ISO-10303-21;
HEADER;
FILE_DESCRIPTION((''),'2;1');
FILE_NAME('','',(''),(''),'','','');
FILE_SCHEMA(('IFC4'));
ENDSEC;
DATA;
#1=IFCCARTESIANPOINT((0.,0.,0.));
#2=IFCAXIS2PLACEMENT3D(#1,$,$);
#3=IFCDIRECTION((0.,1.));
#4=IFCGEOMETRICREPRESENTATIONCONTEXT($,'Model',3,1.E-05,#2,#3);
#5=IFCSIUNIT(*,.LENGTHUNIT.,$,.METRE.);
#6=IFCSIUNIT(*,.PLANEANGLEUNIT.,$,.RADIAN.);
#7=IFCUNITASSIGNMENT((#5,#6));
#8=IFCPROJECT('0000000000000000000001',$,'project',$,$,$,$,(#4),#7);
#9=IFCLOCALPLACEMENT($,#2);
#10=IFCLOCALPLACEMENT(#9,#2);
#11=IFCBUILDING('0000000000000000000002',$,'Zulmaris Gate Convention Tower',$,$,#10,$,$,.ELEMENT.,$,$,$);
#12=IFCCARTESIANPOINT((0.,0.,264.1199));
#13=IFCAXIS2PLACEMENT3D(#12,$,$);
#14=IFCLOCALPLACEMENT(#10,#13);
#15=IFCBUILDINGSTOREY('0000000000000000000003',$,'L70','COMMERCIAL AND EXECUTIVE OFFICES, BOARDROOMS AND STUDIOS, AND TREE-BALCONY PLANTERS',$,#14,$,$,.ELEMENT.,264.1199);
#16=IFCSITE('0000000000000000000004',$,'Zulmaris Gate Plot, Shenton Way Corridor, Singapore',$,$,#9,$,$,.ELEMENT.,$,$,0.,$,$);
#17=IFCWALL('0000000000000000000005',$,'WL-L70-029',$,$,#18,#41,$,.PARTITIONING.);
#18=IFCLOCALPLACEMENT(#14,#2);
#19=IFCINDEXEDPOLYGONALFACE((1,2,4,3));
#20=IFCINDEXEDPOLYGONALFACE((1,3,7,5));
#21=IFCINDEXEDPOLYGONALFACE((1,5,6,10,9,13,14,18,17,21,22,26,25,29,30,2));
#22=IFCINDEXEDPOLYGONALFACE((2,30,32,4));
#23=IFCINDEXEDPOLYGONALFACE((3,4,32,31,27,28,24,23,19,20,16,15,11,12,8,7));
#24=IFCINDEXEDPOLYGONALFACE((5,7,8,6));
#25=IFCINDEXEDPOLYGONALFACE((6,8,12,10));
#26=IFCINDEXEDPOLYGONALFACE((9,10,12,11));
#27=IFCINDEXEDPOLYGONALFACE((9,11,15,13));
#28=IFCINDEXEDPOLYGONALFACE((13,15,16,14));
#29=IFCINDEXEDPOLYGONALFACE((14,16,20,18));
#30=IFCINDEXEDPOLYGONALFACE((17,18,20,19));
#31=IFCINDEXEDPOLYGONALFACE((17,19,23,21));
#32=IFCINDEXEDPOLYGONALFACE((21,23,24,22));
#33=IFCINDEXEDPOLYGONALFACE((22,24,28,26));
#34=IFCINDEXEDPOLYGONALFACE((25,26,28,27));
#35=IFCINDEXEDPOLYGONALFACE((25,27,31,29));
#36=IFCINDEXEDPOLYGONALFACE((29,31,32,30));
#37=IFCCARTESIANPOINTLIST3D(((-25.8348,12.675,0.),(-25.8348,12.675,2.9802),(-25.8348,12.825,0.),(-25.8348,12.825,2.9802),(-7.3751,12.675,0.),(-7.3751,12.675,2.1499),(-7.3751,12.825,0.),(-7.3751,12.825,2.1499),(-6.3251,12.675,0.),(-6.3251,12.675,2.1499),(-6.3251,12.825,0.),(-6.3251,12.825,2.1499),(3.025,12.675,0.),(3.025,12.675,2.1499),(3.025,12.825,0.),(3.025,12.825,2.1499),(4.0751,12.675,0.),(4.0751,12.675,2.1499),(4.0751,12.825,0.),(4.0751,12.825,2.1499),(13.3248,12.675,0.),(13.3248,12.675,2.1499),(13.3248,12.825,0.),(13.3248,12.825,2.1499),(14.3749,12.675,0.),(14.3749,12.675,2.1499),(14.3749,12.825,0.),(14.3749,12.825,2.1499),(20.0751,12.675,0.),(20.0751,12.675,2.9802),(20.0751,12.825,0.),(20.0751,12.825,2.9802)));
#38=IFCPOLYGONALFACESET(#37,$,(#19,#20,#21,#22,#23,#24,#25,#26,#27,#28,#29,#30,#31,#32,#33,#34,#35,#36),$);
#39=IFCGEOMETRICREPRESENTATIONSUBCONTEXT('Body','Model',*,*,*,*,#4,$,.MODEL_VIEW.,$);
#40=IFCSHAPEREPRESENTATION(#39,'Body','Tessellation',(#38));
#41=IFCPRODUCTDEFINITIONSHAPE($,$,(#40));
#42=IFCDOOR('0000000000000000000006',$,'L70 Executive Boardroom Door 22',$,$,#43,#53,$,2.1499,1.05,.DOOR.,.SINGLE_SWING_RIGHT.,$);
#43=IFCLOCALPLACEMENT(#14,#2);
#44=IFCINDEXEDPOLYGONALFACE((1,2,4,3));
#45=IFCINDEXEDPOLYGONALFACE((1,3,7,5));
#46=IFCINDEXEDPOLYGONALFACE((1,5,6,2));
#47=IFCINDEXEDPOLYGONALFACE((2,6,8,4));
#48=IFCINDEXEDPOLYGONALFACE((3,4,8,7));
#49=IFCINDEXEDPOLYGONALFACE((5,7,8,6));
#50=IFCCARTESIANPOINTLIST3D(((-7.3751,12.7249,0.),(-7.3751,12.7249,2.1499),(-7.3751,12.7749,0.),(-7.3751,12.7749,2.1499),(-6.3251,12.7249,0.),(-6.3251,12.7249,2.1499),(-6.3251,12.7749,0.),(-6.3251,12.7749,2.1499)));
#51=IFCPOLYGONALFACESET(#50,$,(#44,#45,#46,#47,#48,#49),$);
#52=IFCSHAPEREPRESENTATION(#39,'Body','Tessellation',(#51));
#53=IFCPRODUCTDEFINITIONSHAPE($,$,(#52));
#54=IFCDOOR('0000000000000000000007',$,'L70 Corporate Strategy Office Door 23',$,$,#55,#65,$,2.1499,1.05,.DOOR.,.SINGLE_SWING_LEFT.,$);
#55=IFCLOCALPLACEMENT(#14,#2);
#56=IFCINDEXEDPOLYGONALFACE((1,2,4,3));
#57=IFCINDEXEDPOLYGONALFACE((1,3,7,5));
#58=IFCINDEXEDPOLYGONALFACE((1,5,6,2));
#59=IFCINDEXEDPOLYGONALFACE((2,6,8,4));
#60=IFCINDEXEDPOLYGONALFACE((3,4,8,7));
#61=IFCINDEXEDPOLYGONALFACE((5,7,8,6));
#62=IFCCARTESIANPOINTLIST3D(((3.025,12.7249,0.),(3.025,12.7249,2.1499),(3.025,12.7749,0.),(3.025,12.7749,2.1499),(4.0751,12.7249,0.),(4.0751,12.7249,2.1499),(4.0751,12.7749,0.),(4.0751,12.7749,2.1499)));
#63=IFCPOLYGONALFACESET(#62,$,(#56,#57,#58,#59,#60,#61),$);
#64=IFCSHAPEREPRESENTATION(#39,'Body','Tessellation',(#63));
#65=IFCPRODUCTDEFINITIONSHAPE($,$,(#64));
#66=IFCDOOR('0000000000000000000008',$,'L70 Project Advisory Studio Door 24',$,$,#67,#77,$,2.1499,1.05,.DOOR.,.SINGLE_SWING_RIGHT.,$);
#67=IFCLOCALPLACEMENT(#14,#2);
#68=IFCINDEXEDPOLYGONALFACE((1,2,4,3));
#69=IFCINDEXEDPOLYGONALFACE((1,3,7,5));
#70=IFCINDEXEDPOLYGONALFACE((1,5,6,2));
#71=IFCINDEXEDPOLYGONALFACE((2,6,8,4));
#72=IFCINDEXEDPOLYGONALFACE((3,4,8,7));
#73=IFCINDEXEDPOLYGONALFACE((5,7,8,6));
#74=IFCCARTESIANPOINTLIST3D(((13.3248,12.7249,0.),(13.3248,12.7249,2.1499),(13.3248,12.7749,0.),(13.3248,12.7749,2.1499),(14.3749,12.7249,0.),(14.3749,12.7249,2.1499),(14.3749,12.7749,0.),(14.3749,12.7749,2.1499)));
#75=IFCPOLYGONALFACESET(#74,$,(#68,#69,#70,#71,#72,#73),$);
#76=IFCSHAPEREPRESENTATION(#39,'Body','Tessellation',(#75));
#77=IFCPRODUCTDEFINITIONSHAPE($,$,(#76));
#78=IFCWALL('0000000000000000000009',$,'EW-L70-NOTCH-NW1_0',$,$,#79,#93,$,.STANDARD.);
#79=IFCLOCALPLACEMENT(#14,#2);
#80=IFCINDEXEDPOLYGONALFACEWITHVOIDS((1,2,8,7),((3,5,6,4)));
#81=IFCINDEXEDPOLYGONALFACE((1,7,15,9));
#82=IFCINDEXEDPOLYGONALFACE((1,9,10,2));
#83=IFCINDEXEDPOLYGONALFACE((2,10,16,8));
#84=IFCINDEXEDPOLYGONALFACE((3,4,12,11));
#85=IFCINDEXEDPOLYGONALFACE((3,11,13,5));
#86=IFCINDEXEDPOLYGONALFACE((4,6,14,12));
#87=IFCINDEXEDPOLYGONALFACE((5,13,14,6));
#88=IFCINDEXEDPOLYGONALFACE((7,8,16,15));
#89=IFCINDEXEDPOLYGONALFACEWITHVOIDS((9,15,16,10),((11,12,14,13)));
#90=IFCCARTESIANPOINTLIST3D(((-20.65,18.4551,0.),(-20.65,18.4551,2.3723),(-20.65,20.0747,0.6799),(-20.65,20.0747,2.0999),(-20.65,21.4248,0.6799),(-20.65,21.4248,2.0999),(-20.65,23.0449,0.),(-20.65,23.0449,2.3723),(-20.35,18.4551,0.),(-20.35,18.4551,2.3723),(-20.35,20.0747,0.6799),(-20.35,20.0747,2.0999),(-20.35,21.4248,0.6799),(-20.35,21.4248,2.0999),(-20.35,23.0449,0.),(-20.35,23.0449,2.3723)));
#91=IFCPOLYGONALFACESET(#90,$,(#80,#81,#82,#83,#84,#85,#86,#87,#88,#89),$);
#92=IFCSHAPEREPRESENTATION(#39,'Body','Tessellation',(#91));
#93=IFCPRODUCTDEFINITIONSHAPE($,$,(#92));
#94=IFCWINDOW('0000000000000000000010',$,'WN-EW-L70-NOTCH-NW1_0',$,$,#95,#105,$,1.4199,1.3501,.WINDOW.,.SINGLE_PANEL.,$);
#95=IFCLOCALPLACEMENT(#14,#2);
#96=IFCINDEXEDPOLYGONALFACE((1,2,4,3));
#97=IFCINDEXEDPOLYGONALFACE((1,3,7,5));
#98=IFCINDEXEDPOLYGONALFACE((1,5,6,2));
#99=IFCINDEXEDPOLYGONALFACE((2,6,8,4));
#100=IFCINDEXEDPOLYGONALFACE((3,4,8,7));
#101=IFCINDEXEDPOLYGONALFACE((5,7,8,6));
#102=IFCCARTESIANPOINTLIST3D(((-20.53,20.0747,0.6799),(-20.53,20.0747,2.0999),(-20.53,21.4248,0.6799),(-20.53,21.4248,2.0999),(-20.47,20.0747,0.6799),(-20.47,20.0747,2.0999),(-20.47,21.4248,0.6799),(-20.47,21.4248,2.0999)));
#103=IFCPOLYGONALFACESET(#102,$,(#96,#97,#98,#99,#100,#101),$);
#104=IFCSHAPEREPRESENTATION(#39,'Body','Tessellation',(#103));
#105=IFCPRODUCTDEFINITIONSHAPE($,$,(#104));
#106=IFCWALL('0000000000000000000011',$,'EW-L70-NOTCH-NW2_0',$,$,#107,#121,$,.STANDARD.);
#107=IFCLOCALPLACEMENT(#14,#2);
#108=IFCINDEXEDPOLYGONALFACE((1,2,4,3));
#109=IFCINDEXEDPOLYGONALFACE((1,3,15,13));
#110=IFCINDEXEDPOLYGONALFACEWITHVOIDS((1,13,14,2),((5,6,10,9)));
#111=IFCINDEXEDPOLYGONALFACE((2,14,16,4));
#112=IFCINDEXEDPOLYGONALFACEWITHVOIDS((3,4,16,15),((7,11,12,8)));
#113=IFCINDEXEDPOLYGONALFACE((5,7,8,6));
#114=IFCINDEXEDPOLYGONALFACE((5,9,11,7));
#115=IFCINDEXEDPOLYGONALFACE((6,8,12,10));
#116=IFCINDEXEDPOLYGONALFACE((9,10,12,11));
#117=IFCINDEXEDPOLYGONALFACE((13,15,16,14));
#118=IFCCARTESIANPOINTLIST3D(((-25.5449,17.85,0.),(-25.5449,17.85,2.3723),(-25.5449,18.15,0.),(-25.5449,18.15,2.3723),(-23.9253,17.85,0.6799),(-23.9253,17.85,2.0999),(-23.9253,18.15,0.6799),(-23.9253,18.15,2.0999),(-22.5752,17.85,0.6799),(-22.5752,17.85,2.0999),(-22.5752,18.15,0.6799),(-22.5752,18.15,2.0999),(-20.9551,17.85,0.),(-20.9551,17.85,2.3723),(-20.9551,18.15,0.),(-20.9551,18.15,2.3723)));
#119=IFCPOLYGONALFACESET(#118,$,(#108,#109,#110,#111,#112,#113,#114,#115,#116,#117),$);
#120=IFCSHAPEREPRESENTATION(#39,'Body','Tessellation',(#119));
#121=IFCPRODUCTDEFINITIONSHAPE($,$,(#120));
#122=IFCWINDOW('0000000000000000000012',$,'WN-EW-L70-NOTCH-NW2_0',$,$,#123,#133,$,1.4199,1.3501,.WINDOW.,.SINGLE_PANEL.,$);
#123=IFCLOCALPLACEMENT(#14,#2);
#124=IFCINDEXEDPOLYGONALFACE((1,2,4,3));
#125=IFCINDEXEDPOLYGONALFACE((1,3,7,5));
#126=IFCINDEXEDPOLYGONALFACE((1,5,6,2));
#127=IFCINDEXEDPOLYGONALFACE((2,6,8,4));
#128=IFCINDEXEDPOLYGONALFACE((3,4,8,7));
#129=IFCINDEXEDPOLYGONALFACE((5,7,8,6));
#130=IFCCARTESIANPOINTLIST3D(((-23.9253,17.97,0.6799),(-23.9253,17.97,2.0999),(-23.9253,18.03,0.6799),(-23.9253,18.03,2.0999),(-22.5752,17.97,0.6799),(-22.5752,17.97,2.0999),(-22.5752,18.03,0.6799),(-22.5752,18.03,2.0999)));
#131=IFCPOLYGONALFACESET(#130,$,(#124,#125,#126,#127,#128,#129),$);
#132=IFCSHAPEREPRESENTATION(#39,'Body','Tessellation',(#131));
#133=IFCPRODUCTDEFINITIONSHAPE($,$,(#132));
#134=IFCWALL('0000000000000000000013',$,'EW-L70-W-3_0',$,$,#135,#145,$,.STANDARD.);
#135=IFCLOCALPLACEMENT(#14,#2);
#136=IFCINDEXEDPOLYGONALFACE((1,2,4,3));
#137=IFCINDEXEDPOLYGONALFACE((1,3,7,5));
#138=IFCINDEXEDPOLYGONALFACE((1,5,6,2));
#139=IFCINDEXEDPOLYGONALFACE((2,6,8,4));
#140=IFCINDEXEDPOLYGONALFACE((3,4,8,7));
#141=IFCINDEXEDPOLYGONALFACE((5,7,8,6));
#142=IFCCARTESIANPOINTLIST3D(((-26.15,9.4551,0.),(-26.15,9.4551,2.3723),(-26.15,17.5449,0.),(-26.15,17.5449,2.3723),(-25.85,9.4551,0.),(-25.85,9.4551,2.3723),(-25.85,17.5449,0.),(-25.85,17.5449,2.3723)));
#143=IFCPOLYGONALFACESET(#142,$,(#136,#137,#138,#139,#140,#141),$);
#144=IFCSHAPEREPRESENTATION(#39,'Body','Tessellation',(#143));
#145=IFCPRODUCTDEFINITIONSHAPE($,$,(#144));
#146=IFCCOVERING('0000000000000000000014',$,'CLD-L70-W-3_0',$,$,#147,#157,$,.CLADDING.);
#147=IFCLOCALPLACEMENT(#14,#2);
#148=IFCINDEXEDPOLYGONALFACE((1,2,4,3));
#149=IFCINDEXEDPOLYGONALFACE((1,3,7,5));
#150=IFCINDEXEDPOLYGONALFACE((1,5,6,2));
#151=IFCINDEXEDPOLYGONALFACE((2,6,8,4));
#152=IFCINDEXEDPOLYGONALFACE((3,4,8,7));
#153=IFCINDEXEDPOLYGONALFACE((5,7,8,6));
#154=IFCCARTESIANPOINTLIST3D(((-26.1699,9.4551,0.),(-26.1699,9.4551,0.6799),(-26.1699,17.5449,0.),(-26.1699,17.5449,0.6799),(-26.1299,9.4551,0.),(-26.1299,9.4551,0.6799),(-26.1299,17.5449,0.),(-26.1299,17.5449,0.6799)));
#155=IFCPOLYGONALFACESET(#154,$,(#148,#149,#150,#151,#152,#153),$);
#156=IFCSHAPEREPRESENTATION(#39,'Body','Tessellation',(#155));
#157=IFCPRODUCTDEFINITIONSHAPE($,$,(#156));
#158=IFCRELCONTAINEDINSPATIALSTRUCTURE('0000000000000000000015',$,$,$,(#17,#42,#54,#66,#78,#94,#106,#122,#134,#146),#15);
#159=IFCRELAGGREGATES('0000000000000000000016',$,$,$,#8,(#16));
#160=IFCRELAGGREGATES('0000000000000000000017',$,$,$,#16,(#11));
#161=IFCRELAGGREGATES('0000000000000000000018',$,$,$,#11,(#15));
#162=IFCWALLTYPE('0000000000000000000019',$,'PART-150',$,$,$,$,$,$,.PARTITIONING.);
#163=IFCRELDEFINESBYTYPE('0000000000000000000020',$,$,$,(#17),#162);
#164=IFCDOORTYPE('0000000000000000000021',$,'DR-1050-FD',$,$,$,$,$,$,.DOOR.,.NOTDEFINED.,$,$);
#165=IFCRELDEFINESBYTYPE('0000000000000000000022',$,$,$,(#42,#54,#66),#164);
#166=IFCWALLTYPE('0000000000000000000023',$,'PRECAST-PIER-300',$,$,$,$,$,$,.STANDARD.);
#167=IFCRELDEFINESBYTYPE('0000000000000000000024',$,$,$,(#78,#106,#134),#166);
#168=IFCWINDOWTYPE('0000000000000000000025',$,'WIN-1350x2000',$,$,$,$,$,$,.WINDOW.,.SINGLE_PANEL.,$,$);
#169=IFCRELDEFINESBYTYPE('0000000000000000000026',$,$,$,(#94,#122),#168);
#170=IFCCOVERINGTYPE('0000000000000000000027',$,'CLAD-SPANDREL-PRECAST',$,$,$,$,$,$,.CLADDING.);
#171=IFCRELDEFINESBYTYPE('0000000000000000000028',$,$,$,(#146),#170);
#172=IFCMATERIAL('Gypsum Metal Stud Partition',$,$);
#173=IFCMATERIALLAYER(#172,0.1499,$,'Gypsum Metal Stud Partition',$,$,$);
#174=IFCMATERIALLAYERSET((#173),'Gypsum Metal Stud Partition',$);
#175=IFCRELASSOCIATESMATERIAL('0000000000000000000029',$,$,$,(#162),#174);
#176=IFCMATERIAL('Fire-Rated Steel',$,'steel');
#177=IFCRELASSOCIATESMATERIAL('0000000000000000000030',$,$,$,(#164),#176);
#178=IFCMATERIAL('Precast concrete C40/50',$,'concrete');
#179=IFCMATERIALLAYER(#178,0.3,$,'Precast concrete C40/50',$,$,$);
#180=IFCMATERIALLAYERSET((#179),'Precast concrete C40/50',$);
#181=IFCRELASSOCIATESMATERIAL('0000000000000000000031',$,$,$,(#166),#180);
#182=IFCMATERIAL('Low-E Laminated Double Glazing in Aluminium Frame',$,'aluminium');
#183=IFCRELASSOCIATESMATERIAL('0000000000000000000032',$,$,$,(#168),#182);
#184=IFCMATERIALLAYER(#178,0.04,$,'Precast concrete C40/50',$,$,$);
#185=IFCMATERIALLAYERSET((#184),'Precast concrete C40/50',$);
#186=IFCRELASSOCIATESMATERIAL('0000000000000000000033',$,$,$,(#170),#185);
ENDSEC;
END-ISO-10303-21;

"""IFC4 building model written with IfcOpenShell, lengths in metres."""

from ifc_helpers import new_model, si_unit, direction, frame, frame_2d, origin, place, context, subcontext, project, spatial, rectangle, extrude, material, layer, layer_set, type_object, element, fill, save


model = new_model("IFC4")

# Units and contexts
model_context = context("Model", 3, precision=1e-05, world=origin(), true_north=direction((0.0, 1.0)))
body_context = subcontext(model_context, "Body", "Model", "MODEL_VIEW")
ifc_project = project(units=[si_unit("LENGTHUNIT", "METRE"), si_unit("PLANEANGLEUNIT", "RADIAN")], contexts=[model_context])

# Site, building, storey
site_placement = place(None, origin())
site = spatial("IfcSite", under=ifc_project, at=site_placement, Name="Zulmaris Gate Plot, Shenton Way Corridor, Singapore", CompositionType="ELEMENT", RefElevation=0.0)
building_placement = place(site_placement, origin())
building = spatial("IfcBuilding", under=site, at=building_placement, Name="Zulmaris Gate Convention Tower", CompositionType="ELEMENT")
storey_placement = place(building_placement, frame((0.0, 0.0, 264.1199)))
storey = spatial("IfcBuildingStorey", under=building, at=storey_placement, Name="L70", Description="COMMERCIAL AND EXECUTIVE OFFICES, BOARDROOMS AND STUDIOS, AND TREE-BALCONY PLANTERS", CompositionType="ELEMENT", Elevation=264.1199)

# Shared definitions
ifc_material_1 = material(Name="Fire-Rated Steel", Category="steel")

# Wall, openings, doors
ifc_material_2 = material(Name="Gypsum Metal Stud Partition")
ifc_layer_1 = layer(ifc_material_2, 0.1499, Name="Gypsum Metal Stud Partition")
ifc_layer_set_1 = layer_set([ifc_layer_1], Name="Gypsum Metal Stud Partition")
wall_type_1 = type_object("IfcWallType", Name="PART-150", PredefinedType="PARTITIONING", material=ifc_layer_set_1)
wall_1_placement = place(storey_placement, frame((-25.835, 12.75, 0.0), z_axis=(0.0, 0.0, 1.0), x_axis=(1.0, 0.0, 0.0)))
wall_1 = element("IfcWall", 1, at=wall_1_placement, inside=storey, type_object=wall_type_1, Name="WL-L70-029", PredefinedType="PARTITIONING", context=body_context, shape_type="SweptSolid", body=[
    extrude(rectangle(XDim=45.9099, YDim=0.1499, at=frame_2d((22.9551, 0.0))), origin(), (0.0, 0.0, 1.0), 2.9802),
])
opening_1_placement = place(wall_1_placement, frame((18.46, 0.0, 0.0)))
opening_1 = element("IfcOpeningElement", 2, at=opening_1_placement, cuts=wall_1, PredefinedType="OPENING", context=body_context, shape_type="SweptSolid", body=[
    extrude(rectangle(XDim=1.05, YDim=2.1499, at=frame_2d((0.5249, 1.075))), frame((0.0, 0.085, 0.0), z_axis=(0.0, -1.0, 0.0), x_axis=(1.0, 0.0, 0.0)), (0.0, 0.0, 1.0), 0.1699),
])
opening_2_placement = place(wall_1_placement, frame((28.8601, 0.0, 0.0)))
opening_2 = element("IfcOpeningElement", 3, at=opening_2_placement, cuts=wall_1, PredefinedType="OPENING", context=body_context, shape_type="SweptSolid", body=[
    extrude(rectangle(XDim=1.05, YDim=2.1499, at=frame_2d((0.5249, 1.075))), frame((0.0, 0.085, 0.0), z_axis=(0.0, -1.0, 0.0), x_axis=(1.0, 0.0, 0.0)), (0.0, 0.0, 1.0), 0.1699),
])
opening_3_placement = place(wall_1_placement, frame((39.1599, 0.0, 0.0)))
opening_3 = element("IfcOpeningElement", 4, at=opening_3_placement, cuts=wall_1, PredefinedType="OPENING", context=body_context, shape_type="SweptSolid", body=[
    extrude(rectangle(XDim=1.05, YDim=2.1499, at=frame_2d((0.5249, 1.075))), frame((0.0, 0.085, 0.0), z_axis=(0.0, -1.0, 0.0), x_axis=(1.0, 0.0, 0.0)), (0.0, 0.0, 1.0), 0.1699),
])
door_type_1 = type_object("IfcDoorType", Name="DR-1050-FD", OperationType="NOTDEFINED", PredefinedType="DOOR", material=ifc_material_1)
door_1_placement = place(opening_1_placement, origin())
door_1 = element("IfcDoor", 5, at=door_1_placement, inside=storey, type_object=door_type_1, Name="L70 Executive Boardroom Door 22", OperationType="SINGLE_SWING_RIGHT", OverallHeight=2.1499, OverallWidth=1.05, PredefinedType="DOOR", context=body_context, shape_type="SweptSolid", body=[
    extrude(rectangle(XDim=1.05, YDim=2.1499, at=frame_2d((0.5249, 1.075))), frame((0.0, 0.0249, 0.0), z_axis=(0.0, -1.0, 0.0), x_axis=(1.0, 0.0, 0.0)), (0.0, 0.0, 1.0), 0.05),
])
fill(opening_1, door_1)
door_2_placement = place(opening_2_placement, origin())
door_2 = element("IfcDoor", 6, at=door_2_placement, inside=storey, type_object=door_type_1, Name="L70 Corporate Strategy Office Door 23", OperationType="SINGLE_SWING_LEFT", OverallHeight=2.1499, OverallWidth=1.05, PredefinedType="DOOR", context=body_context, shape_type="SweptSolid", body=[
    extrude(rectangle(XDim=1.05, YDim=2.1499, at=frame_2d((0.5249, 1.075))), frame((0.0, 0.0249, 0.0), z_axis=(0.0, -1.0, 0.0), x_axis=(1.0, 0.0, 0.0)), (0.0, 0.0, 1.0), 0.05),
])
fill(opening_2, door_2)
door_3_placement = place(opening_3_placement, origin())
door_3 = element("IfcDoor", 7, at=door_3_placement, inside=storey, type_object=door_type_1, Name="L70 Project Advisory Studio Door 24", OperationType="SINGLE_SWING_RIGHT", OverallHeight=2.1499, OverallWidth=1.05, PredefinedType="DOOR", context=body_context, shape_type="SweptSolid", body=[
    extrude(rectangle(XDim=1.05, YDim=2.1499, at=frame_2d((0.5249, 1.075))), frame((0.0, 0.0249, 0.0), z_axis=(0.0, -1.0, 0.0), x_axis=(1.0, 0.0, 0.0)), (0.0, 0.0, 1.0), 0.05),
])
fill(opening_3, door_3)

# Walls, openings, windows
ifc_material_3 = material(Name="Precast concrete C40/50", Category="concrete")
ifc_layer_2 = layer(ifc_material_3, 0.3, Name="Precast concrete C40/50")
ifc_layer_set_2 = layer_set([ifc_layer_2], Name="Precast concrete C40/50")
wall_type_2 = type_object("IfcWallType", Name="PRECAST-PIER-300", PredefinedType="STANDARD", material=ifc_layer_set_2)
wall_2_placement = place(storey_placement, frame((-20.5, 23.0449, 0.0), z_axis=(0.0, 0.0, 1.0), x_axis=(0.0, -1.0, 0.0)))
wall_2 = element("IfcWall", 8, at=wall_2_placement, inside=storey, type_object=wall_type_2, Name="EW-L70-NOTCH-NW1_0", PredefinedType="STANDARD", context=body_context, shape_type="SweptSolid", body=[
    extrude(rectangle(XDim=4.5898, YDim=0.3, at=frame_2d((2.2949, 0.0))), origin(), (0.0, 0.0, 1.0), 2.3723),
])
opening_4_placement = place(wall_2_placement, frame((1.6201, 0.0, 0.6799)))
opening_4 = element("IfcOpeningElement", 9, at=opening_4_placement, cuts=wall_2, PredefinedType="OPENING", context=body_context, shape_type="SweptSolid", body=[
    extrude(rectangle(XDim=1.3501, YDim=1.4199, at=frame_2d((0.675, 0.71))), frame((0.0, 0.1602, 0.0), z_axis=(0.0, -1.0, 0.0), x_axis=(1.0, 0.0, 0.0)), (0.0, 0.0, 1.0), 0.3201),
])
ifc_material_4 = material(Name="Low-E Laminated Double Glazing in Aluminium Frame", Category="aluminium")
window_type = type_object("IfcWindowType", Name="WIN-1350x2000", PartitioningType="SINGLE_PANEL", PredefinedType="WINDOW", material=ifc_material_4)
window_1_placement = place(opening_4_placement, origin())
window_1 = element("IfcWindow", 10, at=window_1_placement, inside=storey, type_object=window_type, Name="WN-EW-L70-NOTCH-NW1_0", OverallHeight=1.4199, OverallWidth=1.3501, PartitioningType="SINGLE_PANEL", PredefinedType="WINDOW", context=body_context, shape_type="SweptSolid", body=[
    extrude(rectangle(XDim=1.3501, YDim=1.4199, at=frame_2d((0.675, 0.71))), frame((0.0, 0.03, 0.0), z_axis=(0.0, -1.0, 0.0), x_axis=(1.0, 0.0, 0.0)), (0.0, 0.0, 1.0), 0.0601),
])
fill(opening_4, window_1)
wall_3_placement = place(storey_placement, frame((-20.9551, 18.0, 0.0), z_axis=(0.0, 0.0, 1.0), x_axis=(-1.0, 0.0, 0.0)))
wall_3 = element("IfcWall", 11, at=wall_3_placement, inside=storey, type_object=wall_type_2, Name="EW-L70-NOTCH-NW2_0", PredefinedType="STANDARD", context=body_context, shape_type="SweptSolid", body=[
    extrude(rectangle(XDim=4.5898, YDim=0.3, at=frame_2d((2.2949, 0.0))), origin(), (0.0, 0.0, 1.0), 2.3723),
])
opening_5_placement = place(wall_3_placement, frame((1.6201, 0.0, 0.6799)))
opening_5 = element("IfcOpeningElement", 12, at=opening_5_placement, cuts=wall_3, PredefinedType="OPENING", context=body_context, shape_type="SweptSolid", body=[
    extrude(rectangle(XDim=1.3501, YDim=1.4199, at=frame_2d((0.675, 0.71))), frame((0.0, 0.1602, 0.0), z_axis=(0.0, -1.0, 0.0), x_axis=(1.0, 0.0, 0.0)), (0.0, 0.0, 1.0), 0.3201),
])
window_2_placement = place(opening_5_placement, origin())
window_2 = element("IfcWindow", 13, at=window_2_placement, inside=storey, type_object=window_type, Name="WN-EW-L70-NOTCH-NW2_0", OverallHeight=1.4199, OverallWidth=1.3501, PartitioningType="SINGLE_PANEL", PredefinedType="WINDOW", context=body_context, shape_type="SweptSolid", body=[
    extrude(rectangle(XDim=1.3501, YDim=1.4199, at=frame_2d((0.675, 0.71))), frame((0.0, 0.03, 0.0), z_axis=(0.0, -1.0, 0.0), x_axis=(1.0, 0.0, 0.0)), (0.0, 0.0, 1.0), 0.0601),
])
fill(opening_5, window_2)

# Wall
wall_4_placement = place(storey_placement, frame((-26.0, 17.5449, 0.0), z_axis=(0.0, 0.0, 1.0), x_axis=(0.0, -1.0, 0.0)))
element("IfcWall", 14, at=wall_4_placement, inside=storey, type_object=wall_type_2, Name="EW-L70-W-3_0", PredefinedType="STANDARD", context=body_context, shape_type="SweptSolid", body=[
    extrude(rectangle(XDim=8.0898, YDim=0.3, at=frame_2d((4.0449, 0.0))), origin(), (0.0, 0.0, 1.0), 2.3723),
])

# Covering
ifc_layer_3 = layer(ifc_material_3, 0.04, Name="Precast concrete C40/50")
ifc_layer_set_3 = layer_set([ifc_layer_3], Name="Precast concrete C40/50")
covering_type_1 = type_object("IfcCoveringType", Name="CLAD-SPANDREL-PRECAST", PredefinedType="CLADDING", material=ifc_layer_set_3)
covering_1_placement = place(storey_placement, frame((-26.1499, 17.5449, 0.0), z_axis=(0.0, 0.0, 1.0), x_axis=(0.0, -1.0, 0.0)))
element("IfcCovering", 15, at=covering_1_placement, inside=storey, type_object=covering_type_1, Name="CLD-L70-W-3_0", PredefinedType="CLADDING", context=body_context, shape_type="SweptSolid", body=[
    extrude(rectangle(XDim=8.0898, YDim=0.04, at=frame_2d((4.0449, 0.0))), origin(), (0.0, 0.0, 1.0), 0.6799),
])

save(model, "model.ifc")
